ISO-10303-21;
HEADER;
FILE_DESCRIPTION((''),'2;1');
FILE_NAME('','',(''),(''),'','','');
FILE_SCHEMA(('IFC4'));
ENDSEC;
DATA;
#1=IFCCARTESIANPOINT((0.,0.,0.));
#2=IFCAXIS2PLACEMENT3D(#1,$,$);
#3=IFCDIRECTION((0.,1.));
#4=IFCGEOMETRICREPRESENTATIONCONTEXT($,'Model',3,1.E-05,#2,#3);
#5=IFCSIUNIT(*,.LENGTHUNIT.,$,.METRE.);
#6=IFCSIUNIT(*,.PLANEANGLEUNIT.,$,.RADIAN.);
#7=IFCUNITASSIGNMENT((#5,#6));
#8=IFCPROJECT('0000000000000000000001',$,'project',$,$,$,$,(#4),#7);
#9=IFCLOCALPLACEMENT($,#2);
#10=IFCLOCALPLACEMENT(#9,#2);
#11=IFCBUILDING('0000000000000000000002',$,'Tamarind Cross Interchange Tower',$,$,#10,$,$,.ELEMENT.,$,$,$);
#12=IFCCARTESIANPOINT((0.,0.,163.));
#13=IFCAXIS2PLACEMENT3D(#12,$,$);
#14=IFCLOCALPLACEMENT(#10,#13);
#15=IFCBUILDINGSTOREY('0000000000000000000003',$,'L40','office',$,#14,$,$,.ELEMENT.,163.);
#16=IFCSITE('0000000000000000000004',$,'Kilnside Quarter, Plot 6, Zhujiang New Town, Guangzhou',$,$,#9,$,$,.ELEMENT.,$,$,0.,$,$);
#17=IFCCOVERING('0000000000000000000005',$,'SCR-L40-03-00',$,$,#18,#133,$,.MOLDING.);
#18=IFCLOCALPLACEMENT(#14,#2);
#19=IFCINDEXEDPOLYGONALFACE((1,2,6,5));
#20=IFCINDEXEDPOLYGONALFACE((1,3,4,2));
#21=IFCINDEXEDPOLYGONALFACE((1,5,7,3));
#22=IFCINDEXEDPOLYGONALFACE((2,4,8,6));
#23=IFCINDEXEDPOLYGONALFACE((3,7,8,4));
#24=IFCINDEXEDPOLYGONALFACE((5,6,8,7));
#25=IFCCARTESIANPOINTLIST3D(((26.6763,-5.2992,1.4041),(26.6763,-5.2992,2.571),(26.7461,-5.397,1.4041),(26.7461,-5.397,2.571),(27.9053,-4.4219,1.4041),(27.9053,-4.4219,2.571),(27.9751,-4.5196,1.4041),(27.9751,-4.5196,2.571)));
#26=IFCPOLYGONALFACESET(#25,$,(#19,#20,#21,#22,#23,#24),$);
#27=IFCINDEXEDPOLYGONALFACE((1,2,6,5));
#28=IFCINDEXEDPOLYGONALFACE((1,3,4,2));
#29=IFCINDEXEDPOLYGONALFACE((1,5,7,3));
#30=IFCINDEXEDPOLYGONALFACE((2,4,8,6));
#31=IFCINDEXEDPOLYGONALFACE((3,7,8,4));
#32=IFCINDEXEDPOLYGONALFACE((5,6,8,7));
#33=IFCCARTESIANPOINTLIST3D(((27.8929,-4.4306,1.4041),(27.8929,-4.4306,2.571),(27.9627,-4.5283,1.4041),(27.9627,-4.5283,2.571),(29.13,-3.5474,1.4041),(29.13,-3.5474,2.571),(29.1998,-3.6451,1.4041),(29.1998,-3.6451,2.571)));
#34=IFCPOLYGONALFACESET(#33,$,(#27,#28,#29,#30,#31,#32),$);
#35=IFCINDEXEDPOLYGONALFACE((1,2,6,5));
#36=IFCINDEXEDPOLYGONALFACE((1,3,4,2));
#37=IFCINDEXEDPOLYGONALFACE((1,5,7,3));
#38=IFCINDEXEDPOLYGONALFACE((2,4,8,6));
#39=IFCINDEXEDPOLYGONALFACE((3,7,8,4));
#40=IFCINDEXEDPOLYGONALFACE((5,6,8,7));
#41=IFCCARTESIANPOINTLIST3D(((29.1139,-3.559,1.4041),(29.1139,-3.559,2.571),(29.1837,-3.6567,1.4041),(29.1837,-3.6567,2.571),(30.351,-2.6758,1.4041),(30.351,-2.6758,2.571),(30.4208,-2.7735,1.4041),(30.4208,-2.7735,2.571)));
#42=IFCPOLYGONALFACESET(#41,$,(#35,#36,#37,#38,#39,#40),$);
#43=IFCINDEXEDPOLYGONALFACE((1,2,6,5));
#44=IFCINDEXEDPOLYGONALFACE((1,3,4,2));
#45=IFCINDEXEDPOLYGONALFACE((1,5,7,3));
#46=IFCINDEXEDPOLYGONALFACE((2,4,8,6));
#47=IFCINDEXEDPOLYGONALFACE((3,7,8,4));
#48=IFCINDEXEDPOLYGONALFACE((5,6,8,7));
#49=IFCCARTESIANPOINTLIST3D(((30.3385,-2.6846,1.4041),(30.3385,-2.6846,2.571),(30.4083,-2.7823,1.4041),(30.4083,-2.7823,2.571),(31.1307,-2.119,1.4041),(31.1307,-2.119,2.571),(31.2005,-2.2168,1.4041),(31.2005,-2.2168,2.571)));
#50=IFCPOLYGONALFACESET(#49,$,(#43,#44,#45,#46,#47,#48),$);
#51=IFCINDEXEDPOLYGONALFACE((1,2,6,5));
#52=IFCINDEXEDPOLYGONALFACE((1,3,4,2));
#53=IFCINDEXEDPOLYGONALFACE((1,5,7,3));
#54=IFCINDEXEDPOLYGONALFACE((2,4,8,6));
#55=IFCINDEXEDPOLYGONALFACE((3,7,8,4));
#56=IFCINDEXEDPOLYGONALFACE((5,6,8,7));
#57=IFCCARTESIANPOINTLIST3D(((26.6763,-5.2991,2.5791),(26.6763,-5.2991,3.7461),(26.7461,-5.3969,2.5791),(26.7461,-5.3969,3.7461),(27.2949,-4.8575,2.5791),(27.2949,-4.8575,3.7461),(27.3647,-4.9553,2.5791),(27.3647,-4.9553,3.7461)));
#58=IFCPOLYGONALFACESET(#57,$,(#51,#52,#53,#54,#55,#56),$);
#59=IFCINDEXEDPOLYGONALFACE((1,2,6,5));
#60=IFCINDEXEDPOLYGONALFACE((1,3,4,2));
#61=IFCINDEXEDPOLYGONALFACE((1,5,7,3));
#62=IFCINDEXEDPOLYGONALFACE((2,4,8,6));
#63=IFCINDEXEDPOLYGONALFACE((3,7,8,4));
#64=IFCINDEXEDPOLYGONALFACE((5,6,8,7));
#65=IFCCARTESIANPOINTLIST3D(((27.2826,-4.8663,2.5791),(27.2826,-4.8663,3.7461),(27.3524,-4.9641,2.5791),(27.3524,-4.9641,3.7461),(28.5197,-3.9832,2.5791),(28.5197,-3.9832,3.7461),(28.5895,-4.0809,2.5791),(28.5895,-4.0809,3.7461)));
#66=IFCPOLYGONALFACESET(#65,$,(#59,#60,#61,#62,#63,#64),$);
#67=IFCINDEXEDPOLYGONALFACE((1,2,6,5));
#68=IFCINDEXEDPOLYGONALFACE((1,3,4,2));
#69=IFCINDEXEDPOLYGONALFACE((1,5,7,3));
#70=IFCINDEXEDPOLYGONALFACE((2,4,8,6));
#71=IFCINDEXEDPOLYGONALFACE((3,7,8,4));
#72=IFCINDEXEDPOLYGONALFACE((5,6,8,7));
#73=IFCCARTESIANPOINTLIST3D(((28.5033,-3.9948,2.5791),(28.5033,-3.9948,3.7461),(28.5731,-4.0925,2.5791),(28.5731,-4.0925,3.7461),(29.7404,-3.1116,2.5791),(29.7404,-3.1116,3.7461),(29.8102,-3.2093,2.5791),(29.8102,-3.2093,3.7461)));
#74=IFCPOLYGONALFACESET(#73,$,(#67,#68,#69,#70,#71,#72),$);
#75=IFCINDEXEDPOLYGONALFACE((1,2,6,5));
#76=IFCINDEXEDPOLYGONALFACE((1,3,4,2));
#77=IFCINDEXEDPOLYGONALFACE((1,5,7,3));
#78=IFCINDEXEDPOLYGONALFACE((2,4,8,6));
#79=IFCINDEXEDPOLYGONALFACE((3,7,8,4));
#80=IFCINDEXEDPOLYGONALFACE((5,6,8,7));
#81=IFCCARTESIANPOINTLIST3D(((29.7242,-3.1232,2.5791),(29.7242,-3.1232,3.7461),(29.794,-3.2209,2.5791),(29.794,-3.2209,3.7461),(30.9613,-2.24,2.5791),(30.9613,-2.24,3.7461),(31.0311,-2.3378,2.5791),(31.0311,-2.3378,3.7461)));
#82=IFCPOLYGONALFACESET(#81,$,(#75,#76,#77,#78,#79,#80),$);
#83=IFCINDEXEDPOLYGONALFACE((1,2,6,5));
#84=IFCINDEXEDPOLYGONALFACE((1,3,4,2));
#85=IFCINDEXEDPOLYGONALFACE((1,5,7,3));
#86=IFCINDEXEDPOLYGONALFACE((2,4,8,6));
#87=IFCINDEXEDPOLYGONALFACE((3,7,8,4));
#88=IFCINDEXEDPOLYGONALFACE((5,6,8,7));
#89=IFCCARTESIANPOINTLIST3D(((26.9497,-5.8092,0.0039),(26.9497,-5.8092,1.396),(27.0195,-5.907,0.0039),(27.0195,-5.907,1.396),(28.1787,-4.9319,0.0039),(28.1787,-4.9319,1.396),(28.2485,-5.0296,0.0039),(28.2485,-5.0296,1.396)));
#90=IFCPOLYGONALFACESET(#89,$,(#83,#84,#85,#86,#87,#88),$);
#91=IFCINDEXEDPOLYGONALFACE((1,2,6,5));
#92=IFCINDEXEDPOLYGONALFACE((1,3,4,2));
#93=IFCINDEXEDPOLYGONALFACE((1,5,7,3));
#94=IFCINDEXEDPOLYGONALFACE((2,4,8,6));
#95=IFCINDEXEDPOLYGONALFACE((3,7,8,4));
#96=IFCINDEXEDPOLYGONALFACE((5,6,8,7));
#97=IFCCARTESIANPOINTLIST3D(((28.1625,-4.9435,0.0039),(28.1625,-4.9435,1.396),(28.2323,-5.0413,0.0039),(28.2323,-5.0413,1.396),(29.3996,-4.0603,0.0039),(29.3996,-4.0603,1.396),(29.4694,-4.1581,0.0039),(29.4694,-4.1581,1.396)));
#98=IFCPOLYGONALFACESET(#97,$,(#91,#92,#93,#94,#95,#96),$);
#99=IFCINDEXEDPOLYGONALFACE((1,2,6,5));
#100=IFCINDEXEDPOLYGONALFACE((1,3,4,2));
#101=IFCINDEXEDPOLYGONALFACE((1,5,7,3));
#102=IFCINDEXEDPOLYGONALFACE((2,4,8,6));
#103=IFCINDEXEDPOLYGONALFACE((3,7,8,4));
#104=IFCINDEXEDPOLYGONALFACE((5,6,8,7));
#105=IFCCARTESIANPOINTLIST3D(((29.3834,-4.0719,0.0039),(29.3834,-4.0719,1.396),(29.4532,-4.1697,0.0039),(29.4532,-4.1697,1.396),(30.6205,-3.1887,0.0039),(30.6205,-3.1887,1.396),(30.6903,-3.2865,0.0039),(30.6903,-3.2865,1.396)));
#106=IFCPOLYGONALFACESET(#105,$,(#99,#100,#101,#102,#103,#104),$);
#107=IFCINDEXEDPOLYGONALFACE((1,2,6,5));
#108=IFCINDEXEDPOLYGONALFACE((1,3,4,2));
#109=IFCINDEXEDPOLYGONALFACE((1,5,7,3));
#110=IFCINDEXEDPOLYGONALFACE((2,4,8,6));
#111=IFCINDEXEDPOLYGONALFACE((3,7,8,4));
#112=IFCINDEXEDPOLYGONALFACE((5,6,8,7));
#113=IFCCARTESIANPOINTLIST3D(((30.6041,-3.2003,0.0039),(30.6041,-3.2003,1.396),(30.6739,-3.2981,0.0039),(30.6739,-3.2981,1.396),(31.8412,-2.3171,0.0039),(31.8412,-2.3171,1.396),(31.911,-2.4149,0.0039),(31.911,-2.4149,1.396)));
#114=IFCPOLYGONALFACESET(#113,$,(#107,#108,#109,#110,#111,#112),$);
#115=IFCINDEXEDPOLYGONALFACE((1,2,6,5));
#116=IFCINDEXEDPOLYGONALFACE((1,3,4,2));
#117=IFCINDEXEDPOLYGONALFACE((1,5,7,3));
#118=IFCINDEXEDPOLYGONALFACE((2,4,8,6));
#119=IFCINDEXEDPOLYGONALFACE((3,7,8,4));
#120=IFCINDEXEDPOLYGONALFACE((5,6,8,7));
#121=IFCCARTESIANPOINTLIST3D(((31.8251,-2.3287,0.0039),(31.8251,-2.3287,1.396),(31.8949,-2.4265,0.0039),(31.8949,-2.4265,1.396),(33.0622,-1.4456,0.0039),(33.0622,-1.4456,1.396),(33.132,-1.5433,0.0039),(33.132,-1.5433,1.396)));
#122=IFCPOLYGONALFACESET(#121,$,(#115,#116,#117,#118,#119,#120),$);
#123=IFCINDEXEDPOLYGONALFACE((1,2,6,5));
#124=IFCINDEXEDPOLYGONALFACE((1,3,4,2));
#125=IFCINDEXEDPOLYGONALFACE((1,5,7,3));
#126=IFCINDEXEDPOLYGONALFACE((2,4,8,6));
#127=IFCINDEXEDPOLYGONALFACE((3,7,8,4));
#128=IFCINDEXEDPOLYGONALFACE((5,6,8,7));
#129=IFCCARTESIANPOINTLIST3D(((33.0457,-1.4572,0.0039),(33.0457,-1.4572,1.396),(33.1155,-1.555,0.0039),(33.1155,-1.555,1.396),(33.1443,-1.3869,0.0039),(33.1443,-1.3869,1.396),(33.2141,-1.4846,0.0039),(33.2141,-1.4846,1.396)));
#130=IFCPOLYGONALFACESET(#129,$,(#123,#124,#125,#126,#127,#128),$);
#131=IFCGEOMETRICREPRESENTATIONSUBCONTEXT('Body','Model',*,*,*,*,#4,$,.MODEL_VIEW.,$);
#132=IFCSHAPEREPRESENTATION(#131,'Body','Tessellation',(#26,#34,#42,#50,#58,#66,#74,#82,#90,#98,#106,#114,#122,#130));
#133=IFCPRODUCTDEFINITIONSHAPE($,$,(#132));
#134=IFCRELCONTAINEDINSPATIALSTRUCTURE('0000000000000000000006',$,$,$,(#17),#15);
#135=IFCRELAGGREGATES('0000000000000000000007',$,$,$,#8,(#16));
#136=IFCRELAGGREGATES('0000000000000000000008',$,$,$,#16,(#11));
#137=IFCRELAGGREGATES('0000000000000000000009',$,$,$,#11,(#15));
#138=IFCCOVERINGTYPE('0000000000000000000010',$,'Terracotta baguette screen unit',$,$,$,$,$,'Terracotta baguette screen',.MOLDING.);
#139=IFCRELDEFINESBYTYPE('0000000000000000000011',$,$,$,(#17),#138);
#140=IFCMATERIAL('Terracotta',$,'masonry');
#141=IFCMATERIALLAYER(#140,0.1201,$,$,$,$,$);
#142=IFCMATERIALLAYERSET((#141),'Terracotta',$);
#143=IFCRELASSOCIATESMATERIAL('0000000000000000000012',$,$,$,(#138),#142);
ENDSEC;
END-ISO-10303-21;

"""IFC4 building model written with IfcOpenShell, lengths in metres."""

from ifc_helpers import new_model, si_unit, direction, frame, origin, origin_2d, place, context, subcontext, project, spatial, rectangle, extrude, material, layer, layer_set, type_object, element, save


model = new_model("IFC4")

# Units and contexts
model_context = context("Model", 3, precision=1e-05, world=origin(), true_north=direction((0.0, 1.0)))
body_context = subcontext(model_context, "Body", "Model", "MODEL_VIEW")
ifc_project = project(units=[si_unit("LENGTHUNIT", "METRE"), si_unit("PLANEANGLEUNIT", "RADIAN")], contexts=[model_context])

# Site, building, storey
site_placement = place(None, origin())
site = spatial("IfcSite", under=ifc_project, at=site_placement, Name="Kilnside Quarter, Plot 6, Zhujiang New Town, Guangzhou", CompositionType="ELEMENT", RefElevation=0.0)
building_placement = place(site_placement, origin())
building = spatial("IfcBuilding", under=site, at=building_placement, Name="Tamarind Cross Interchange Tower", CompositionType="ELEMENT")
storey_placement = place(building_placement, frame((0.0, 0.0, 163.0)))
storey = spatial("IfcBuildingStorey", under=building, at=storey_placement, Name="L40", Description="office", CompositionType="ELEMENT", Elevation=163.0)

# Covering
ifc_material_1 = material(Name="Terracotta", Category="masonry")
ifc_layer_1 = layer(ifc_material_1, 0.1201)
ifc_layer_set_1 = layer_set([ifc_layer_1], Name="Terracotta")
covering_type = type_object("IfcCoveringType", Name="Terracotta baguette screen unit", ElementType="Terracotta baguette screen", PredefinedType="MOLDING", material=ifc_layer_set_1)
covering_1_placement = place(storey_placement, origin())
element("IfcCovering", 1, at=covering_1_placement, inside=storey, type_object=covering_type, Name="SCR-L40-03-00", PredefinedType="MOLDING", context=body_context, shape_type="SweptSolid", body=[
    extrude(rectangle(XDim=1.51, YDim=0.1201, at=origin_2d()), frame((27.3257, -4.9094, 1.4041), z_axis=(0.0, 0.0, 1.0), x_axis=(0.81388, 0.581033, 0.0)), (0.0, 0.0, 1.0), 1.167),
    extrude(rectangle(XDim=1.52, YDim=0.1201, at=origin_2d()), frame((28.5464, -4.0378, 1.4041), z_axis=(0.0, 0.0, 1.0), x_axis=(0.81388, 0.581033, 0.0)), (0.0, 0.0, 1.0), 1.167),
    extrude(rectangle(XDim=1.52, YDim=0.1201, at=origin_2d()), frame((29.7673, -3.1663, 1.4041), z_axis=(0.0, 0.0, 1.0), x_axis=(0.81388, 0.581033, 0.0)), (0.0, 0.0, 1.0), 1.167),
    extrude(rectangle(XDim=0.9734, YDim=0.1201, at=origin_2d()), frame((30.7695, -2.4507, 1.4041), z_axis=(0.0, 0.0, 1.0), x_axis=(0.81388, 0.581033, 0.0)), (0.0, 0.0, 1.0), 1.167),
    extrude(rectangle(XDim=0.76, YDim=0.1201, at=origin_2d()), frame((27.0205, -5.1272, 2.5791), z_axis=(0.0, 0.0, 1.0), x_axis=(0.81388, 0.581033, 0.0)), (0.0, 0.0, 1.0), 1.167),
    extrude(rectangle(XDim=1.52, YDim=0.1201, at=origin_2d()), frame((27.936, -4.4736, 2.5791), z_axis=(0.0, 0.0, 1.0), x_axis=(0.81388, 0.581033, 0.0)), (0.0, 0.0, 1.0), 1.167),
    extrude(rectangle(XDim=1.52, YDim=0.1201, at=origin_2d()), frame((29.1567, -3.6021, 2.5791), z_axis=(0.0, 0.0, 1.0), x_axis=(0.81388, 0.581033, 0.0)), (0.0, 0.0, 1.0), 1.167),
    extrude(rectangle(XDim=1.52, YDim=0.1201, at=origin_2d()), frame((30.3777, -2.7305, 2.5791), z_axis=(0.0, 0.0, 1.0), x_axis=(0.81388, 0.581033, 0.0)), (0.0, 0.0, 1.0), 1.167),
    extrude(rectangle(XDim=1.51, YDim=0.1201, at=origin_2d()), frame((27.5991, -5.4194, 0.0039), z_axis=(0.0, 0.0, 1.0), x_axis=(0.81388, 0.581033, 0.0)), (0.0, 0.0, 1.0), 1.3921),
    extrude(rectangle(XDim=1.52, YDim=0.1201, at=origin_2d()), frame((28.8159, -4.5508, 0.0039), z_axis=(0.0, 0.0, 1.0), x_axis=(0.81388, 0.581033, 0.0)), (0.0, 0.0, 1.0), 1.3921),
    extrude(rectangle(XDim=1.52, YDim=0.1201, at=origin_2d()), frame((30.0369, -3.6792, 0.0039), z_axis=(0.0, 0.0, 1.0), x_axis=(0.81388, 0.581033, 0.0)), (0.0, 0.0, 1.0), 1.3921),
    extrude(rectangle(XDim=1.52, YDim=0.1201, at=origin_2d()), frame((31.2576, -2.8076, 0.0039), z_axis=(0.0, 0.0, 1.0), x_axis=(0.81388, 0.581033, 0.0)), (0.0, 0.0, 1.0), 1.3921),
    extrude(rectangle(XDim=1.52, YDim=0.1201, at=origin_2d()), frame((32.4785, -1.936, 0.0039), z_axis=(0.0, 0.0, 1.0), x_axis=(0.81388, 0.581033, 0.0)), (0.0, 0.0, 1.0), 1.3921),
    extrude(rectangle(XDim=0.1211, YDim=0.1201, at=origin_2d()), frame((33.1299, -1.4709, 0.0039), z_axis=(0.0, 0.0, 1.0), x_axis=(0.81388, 0.581033, 0.0)), (0.0, 0.0, 1.0), 1.3921),
])

save(model, "model.ifc")
